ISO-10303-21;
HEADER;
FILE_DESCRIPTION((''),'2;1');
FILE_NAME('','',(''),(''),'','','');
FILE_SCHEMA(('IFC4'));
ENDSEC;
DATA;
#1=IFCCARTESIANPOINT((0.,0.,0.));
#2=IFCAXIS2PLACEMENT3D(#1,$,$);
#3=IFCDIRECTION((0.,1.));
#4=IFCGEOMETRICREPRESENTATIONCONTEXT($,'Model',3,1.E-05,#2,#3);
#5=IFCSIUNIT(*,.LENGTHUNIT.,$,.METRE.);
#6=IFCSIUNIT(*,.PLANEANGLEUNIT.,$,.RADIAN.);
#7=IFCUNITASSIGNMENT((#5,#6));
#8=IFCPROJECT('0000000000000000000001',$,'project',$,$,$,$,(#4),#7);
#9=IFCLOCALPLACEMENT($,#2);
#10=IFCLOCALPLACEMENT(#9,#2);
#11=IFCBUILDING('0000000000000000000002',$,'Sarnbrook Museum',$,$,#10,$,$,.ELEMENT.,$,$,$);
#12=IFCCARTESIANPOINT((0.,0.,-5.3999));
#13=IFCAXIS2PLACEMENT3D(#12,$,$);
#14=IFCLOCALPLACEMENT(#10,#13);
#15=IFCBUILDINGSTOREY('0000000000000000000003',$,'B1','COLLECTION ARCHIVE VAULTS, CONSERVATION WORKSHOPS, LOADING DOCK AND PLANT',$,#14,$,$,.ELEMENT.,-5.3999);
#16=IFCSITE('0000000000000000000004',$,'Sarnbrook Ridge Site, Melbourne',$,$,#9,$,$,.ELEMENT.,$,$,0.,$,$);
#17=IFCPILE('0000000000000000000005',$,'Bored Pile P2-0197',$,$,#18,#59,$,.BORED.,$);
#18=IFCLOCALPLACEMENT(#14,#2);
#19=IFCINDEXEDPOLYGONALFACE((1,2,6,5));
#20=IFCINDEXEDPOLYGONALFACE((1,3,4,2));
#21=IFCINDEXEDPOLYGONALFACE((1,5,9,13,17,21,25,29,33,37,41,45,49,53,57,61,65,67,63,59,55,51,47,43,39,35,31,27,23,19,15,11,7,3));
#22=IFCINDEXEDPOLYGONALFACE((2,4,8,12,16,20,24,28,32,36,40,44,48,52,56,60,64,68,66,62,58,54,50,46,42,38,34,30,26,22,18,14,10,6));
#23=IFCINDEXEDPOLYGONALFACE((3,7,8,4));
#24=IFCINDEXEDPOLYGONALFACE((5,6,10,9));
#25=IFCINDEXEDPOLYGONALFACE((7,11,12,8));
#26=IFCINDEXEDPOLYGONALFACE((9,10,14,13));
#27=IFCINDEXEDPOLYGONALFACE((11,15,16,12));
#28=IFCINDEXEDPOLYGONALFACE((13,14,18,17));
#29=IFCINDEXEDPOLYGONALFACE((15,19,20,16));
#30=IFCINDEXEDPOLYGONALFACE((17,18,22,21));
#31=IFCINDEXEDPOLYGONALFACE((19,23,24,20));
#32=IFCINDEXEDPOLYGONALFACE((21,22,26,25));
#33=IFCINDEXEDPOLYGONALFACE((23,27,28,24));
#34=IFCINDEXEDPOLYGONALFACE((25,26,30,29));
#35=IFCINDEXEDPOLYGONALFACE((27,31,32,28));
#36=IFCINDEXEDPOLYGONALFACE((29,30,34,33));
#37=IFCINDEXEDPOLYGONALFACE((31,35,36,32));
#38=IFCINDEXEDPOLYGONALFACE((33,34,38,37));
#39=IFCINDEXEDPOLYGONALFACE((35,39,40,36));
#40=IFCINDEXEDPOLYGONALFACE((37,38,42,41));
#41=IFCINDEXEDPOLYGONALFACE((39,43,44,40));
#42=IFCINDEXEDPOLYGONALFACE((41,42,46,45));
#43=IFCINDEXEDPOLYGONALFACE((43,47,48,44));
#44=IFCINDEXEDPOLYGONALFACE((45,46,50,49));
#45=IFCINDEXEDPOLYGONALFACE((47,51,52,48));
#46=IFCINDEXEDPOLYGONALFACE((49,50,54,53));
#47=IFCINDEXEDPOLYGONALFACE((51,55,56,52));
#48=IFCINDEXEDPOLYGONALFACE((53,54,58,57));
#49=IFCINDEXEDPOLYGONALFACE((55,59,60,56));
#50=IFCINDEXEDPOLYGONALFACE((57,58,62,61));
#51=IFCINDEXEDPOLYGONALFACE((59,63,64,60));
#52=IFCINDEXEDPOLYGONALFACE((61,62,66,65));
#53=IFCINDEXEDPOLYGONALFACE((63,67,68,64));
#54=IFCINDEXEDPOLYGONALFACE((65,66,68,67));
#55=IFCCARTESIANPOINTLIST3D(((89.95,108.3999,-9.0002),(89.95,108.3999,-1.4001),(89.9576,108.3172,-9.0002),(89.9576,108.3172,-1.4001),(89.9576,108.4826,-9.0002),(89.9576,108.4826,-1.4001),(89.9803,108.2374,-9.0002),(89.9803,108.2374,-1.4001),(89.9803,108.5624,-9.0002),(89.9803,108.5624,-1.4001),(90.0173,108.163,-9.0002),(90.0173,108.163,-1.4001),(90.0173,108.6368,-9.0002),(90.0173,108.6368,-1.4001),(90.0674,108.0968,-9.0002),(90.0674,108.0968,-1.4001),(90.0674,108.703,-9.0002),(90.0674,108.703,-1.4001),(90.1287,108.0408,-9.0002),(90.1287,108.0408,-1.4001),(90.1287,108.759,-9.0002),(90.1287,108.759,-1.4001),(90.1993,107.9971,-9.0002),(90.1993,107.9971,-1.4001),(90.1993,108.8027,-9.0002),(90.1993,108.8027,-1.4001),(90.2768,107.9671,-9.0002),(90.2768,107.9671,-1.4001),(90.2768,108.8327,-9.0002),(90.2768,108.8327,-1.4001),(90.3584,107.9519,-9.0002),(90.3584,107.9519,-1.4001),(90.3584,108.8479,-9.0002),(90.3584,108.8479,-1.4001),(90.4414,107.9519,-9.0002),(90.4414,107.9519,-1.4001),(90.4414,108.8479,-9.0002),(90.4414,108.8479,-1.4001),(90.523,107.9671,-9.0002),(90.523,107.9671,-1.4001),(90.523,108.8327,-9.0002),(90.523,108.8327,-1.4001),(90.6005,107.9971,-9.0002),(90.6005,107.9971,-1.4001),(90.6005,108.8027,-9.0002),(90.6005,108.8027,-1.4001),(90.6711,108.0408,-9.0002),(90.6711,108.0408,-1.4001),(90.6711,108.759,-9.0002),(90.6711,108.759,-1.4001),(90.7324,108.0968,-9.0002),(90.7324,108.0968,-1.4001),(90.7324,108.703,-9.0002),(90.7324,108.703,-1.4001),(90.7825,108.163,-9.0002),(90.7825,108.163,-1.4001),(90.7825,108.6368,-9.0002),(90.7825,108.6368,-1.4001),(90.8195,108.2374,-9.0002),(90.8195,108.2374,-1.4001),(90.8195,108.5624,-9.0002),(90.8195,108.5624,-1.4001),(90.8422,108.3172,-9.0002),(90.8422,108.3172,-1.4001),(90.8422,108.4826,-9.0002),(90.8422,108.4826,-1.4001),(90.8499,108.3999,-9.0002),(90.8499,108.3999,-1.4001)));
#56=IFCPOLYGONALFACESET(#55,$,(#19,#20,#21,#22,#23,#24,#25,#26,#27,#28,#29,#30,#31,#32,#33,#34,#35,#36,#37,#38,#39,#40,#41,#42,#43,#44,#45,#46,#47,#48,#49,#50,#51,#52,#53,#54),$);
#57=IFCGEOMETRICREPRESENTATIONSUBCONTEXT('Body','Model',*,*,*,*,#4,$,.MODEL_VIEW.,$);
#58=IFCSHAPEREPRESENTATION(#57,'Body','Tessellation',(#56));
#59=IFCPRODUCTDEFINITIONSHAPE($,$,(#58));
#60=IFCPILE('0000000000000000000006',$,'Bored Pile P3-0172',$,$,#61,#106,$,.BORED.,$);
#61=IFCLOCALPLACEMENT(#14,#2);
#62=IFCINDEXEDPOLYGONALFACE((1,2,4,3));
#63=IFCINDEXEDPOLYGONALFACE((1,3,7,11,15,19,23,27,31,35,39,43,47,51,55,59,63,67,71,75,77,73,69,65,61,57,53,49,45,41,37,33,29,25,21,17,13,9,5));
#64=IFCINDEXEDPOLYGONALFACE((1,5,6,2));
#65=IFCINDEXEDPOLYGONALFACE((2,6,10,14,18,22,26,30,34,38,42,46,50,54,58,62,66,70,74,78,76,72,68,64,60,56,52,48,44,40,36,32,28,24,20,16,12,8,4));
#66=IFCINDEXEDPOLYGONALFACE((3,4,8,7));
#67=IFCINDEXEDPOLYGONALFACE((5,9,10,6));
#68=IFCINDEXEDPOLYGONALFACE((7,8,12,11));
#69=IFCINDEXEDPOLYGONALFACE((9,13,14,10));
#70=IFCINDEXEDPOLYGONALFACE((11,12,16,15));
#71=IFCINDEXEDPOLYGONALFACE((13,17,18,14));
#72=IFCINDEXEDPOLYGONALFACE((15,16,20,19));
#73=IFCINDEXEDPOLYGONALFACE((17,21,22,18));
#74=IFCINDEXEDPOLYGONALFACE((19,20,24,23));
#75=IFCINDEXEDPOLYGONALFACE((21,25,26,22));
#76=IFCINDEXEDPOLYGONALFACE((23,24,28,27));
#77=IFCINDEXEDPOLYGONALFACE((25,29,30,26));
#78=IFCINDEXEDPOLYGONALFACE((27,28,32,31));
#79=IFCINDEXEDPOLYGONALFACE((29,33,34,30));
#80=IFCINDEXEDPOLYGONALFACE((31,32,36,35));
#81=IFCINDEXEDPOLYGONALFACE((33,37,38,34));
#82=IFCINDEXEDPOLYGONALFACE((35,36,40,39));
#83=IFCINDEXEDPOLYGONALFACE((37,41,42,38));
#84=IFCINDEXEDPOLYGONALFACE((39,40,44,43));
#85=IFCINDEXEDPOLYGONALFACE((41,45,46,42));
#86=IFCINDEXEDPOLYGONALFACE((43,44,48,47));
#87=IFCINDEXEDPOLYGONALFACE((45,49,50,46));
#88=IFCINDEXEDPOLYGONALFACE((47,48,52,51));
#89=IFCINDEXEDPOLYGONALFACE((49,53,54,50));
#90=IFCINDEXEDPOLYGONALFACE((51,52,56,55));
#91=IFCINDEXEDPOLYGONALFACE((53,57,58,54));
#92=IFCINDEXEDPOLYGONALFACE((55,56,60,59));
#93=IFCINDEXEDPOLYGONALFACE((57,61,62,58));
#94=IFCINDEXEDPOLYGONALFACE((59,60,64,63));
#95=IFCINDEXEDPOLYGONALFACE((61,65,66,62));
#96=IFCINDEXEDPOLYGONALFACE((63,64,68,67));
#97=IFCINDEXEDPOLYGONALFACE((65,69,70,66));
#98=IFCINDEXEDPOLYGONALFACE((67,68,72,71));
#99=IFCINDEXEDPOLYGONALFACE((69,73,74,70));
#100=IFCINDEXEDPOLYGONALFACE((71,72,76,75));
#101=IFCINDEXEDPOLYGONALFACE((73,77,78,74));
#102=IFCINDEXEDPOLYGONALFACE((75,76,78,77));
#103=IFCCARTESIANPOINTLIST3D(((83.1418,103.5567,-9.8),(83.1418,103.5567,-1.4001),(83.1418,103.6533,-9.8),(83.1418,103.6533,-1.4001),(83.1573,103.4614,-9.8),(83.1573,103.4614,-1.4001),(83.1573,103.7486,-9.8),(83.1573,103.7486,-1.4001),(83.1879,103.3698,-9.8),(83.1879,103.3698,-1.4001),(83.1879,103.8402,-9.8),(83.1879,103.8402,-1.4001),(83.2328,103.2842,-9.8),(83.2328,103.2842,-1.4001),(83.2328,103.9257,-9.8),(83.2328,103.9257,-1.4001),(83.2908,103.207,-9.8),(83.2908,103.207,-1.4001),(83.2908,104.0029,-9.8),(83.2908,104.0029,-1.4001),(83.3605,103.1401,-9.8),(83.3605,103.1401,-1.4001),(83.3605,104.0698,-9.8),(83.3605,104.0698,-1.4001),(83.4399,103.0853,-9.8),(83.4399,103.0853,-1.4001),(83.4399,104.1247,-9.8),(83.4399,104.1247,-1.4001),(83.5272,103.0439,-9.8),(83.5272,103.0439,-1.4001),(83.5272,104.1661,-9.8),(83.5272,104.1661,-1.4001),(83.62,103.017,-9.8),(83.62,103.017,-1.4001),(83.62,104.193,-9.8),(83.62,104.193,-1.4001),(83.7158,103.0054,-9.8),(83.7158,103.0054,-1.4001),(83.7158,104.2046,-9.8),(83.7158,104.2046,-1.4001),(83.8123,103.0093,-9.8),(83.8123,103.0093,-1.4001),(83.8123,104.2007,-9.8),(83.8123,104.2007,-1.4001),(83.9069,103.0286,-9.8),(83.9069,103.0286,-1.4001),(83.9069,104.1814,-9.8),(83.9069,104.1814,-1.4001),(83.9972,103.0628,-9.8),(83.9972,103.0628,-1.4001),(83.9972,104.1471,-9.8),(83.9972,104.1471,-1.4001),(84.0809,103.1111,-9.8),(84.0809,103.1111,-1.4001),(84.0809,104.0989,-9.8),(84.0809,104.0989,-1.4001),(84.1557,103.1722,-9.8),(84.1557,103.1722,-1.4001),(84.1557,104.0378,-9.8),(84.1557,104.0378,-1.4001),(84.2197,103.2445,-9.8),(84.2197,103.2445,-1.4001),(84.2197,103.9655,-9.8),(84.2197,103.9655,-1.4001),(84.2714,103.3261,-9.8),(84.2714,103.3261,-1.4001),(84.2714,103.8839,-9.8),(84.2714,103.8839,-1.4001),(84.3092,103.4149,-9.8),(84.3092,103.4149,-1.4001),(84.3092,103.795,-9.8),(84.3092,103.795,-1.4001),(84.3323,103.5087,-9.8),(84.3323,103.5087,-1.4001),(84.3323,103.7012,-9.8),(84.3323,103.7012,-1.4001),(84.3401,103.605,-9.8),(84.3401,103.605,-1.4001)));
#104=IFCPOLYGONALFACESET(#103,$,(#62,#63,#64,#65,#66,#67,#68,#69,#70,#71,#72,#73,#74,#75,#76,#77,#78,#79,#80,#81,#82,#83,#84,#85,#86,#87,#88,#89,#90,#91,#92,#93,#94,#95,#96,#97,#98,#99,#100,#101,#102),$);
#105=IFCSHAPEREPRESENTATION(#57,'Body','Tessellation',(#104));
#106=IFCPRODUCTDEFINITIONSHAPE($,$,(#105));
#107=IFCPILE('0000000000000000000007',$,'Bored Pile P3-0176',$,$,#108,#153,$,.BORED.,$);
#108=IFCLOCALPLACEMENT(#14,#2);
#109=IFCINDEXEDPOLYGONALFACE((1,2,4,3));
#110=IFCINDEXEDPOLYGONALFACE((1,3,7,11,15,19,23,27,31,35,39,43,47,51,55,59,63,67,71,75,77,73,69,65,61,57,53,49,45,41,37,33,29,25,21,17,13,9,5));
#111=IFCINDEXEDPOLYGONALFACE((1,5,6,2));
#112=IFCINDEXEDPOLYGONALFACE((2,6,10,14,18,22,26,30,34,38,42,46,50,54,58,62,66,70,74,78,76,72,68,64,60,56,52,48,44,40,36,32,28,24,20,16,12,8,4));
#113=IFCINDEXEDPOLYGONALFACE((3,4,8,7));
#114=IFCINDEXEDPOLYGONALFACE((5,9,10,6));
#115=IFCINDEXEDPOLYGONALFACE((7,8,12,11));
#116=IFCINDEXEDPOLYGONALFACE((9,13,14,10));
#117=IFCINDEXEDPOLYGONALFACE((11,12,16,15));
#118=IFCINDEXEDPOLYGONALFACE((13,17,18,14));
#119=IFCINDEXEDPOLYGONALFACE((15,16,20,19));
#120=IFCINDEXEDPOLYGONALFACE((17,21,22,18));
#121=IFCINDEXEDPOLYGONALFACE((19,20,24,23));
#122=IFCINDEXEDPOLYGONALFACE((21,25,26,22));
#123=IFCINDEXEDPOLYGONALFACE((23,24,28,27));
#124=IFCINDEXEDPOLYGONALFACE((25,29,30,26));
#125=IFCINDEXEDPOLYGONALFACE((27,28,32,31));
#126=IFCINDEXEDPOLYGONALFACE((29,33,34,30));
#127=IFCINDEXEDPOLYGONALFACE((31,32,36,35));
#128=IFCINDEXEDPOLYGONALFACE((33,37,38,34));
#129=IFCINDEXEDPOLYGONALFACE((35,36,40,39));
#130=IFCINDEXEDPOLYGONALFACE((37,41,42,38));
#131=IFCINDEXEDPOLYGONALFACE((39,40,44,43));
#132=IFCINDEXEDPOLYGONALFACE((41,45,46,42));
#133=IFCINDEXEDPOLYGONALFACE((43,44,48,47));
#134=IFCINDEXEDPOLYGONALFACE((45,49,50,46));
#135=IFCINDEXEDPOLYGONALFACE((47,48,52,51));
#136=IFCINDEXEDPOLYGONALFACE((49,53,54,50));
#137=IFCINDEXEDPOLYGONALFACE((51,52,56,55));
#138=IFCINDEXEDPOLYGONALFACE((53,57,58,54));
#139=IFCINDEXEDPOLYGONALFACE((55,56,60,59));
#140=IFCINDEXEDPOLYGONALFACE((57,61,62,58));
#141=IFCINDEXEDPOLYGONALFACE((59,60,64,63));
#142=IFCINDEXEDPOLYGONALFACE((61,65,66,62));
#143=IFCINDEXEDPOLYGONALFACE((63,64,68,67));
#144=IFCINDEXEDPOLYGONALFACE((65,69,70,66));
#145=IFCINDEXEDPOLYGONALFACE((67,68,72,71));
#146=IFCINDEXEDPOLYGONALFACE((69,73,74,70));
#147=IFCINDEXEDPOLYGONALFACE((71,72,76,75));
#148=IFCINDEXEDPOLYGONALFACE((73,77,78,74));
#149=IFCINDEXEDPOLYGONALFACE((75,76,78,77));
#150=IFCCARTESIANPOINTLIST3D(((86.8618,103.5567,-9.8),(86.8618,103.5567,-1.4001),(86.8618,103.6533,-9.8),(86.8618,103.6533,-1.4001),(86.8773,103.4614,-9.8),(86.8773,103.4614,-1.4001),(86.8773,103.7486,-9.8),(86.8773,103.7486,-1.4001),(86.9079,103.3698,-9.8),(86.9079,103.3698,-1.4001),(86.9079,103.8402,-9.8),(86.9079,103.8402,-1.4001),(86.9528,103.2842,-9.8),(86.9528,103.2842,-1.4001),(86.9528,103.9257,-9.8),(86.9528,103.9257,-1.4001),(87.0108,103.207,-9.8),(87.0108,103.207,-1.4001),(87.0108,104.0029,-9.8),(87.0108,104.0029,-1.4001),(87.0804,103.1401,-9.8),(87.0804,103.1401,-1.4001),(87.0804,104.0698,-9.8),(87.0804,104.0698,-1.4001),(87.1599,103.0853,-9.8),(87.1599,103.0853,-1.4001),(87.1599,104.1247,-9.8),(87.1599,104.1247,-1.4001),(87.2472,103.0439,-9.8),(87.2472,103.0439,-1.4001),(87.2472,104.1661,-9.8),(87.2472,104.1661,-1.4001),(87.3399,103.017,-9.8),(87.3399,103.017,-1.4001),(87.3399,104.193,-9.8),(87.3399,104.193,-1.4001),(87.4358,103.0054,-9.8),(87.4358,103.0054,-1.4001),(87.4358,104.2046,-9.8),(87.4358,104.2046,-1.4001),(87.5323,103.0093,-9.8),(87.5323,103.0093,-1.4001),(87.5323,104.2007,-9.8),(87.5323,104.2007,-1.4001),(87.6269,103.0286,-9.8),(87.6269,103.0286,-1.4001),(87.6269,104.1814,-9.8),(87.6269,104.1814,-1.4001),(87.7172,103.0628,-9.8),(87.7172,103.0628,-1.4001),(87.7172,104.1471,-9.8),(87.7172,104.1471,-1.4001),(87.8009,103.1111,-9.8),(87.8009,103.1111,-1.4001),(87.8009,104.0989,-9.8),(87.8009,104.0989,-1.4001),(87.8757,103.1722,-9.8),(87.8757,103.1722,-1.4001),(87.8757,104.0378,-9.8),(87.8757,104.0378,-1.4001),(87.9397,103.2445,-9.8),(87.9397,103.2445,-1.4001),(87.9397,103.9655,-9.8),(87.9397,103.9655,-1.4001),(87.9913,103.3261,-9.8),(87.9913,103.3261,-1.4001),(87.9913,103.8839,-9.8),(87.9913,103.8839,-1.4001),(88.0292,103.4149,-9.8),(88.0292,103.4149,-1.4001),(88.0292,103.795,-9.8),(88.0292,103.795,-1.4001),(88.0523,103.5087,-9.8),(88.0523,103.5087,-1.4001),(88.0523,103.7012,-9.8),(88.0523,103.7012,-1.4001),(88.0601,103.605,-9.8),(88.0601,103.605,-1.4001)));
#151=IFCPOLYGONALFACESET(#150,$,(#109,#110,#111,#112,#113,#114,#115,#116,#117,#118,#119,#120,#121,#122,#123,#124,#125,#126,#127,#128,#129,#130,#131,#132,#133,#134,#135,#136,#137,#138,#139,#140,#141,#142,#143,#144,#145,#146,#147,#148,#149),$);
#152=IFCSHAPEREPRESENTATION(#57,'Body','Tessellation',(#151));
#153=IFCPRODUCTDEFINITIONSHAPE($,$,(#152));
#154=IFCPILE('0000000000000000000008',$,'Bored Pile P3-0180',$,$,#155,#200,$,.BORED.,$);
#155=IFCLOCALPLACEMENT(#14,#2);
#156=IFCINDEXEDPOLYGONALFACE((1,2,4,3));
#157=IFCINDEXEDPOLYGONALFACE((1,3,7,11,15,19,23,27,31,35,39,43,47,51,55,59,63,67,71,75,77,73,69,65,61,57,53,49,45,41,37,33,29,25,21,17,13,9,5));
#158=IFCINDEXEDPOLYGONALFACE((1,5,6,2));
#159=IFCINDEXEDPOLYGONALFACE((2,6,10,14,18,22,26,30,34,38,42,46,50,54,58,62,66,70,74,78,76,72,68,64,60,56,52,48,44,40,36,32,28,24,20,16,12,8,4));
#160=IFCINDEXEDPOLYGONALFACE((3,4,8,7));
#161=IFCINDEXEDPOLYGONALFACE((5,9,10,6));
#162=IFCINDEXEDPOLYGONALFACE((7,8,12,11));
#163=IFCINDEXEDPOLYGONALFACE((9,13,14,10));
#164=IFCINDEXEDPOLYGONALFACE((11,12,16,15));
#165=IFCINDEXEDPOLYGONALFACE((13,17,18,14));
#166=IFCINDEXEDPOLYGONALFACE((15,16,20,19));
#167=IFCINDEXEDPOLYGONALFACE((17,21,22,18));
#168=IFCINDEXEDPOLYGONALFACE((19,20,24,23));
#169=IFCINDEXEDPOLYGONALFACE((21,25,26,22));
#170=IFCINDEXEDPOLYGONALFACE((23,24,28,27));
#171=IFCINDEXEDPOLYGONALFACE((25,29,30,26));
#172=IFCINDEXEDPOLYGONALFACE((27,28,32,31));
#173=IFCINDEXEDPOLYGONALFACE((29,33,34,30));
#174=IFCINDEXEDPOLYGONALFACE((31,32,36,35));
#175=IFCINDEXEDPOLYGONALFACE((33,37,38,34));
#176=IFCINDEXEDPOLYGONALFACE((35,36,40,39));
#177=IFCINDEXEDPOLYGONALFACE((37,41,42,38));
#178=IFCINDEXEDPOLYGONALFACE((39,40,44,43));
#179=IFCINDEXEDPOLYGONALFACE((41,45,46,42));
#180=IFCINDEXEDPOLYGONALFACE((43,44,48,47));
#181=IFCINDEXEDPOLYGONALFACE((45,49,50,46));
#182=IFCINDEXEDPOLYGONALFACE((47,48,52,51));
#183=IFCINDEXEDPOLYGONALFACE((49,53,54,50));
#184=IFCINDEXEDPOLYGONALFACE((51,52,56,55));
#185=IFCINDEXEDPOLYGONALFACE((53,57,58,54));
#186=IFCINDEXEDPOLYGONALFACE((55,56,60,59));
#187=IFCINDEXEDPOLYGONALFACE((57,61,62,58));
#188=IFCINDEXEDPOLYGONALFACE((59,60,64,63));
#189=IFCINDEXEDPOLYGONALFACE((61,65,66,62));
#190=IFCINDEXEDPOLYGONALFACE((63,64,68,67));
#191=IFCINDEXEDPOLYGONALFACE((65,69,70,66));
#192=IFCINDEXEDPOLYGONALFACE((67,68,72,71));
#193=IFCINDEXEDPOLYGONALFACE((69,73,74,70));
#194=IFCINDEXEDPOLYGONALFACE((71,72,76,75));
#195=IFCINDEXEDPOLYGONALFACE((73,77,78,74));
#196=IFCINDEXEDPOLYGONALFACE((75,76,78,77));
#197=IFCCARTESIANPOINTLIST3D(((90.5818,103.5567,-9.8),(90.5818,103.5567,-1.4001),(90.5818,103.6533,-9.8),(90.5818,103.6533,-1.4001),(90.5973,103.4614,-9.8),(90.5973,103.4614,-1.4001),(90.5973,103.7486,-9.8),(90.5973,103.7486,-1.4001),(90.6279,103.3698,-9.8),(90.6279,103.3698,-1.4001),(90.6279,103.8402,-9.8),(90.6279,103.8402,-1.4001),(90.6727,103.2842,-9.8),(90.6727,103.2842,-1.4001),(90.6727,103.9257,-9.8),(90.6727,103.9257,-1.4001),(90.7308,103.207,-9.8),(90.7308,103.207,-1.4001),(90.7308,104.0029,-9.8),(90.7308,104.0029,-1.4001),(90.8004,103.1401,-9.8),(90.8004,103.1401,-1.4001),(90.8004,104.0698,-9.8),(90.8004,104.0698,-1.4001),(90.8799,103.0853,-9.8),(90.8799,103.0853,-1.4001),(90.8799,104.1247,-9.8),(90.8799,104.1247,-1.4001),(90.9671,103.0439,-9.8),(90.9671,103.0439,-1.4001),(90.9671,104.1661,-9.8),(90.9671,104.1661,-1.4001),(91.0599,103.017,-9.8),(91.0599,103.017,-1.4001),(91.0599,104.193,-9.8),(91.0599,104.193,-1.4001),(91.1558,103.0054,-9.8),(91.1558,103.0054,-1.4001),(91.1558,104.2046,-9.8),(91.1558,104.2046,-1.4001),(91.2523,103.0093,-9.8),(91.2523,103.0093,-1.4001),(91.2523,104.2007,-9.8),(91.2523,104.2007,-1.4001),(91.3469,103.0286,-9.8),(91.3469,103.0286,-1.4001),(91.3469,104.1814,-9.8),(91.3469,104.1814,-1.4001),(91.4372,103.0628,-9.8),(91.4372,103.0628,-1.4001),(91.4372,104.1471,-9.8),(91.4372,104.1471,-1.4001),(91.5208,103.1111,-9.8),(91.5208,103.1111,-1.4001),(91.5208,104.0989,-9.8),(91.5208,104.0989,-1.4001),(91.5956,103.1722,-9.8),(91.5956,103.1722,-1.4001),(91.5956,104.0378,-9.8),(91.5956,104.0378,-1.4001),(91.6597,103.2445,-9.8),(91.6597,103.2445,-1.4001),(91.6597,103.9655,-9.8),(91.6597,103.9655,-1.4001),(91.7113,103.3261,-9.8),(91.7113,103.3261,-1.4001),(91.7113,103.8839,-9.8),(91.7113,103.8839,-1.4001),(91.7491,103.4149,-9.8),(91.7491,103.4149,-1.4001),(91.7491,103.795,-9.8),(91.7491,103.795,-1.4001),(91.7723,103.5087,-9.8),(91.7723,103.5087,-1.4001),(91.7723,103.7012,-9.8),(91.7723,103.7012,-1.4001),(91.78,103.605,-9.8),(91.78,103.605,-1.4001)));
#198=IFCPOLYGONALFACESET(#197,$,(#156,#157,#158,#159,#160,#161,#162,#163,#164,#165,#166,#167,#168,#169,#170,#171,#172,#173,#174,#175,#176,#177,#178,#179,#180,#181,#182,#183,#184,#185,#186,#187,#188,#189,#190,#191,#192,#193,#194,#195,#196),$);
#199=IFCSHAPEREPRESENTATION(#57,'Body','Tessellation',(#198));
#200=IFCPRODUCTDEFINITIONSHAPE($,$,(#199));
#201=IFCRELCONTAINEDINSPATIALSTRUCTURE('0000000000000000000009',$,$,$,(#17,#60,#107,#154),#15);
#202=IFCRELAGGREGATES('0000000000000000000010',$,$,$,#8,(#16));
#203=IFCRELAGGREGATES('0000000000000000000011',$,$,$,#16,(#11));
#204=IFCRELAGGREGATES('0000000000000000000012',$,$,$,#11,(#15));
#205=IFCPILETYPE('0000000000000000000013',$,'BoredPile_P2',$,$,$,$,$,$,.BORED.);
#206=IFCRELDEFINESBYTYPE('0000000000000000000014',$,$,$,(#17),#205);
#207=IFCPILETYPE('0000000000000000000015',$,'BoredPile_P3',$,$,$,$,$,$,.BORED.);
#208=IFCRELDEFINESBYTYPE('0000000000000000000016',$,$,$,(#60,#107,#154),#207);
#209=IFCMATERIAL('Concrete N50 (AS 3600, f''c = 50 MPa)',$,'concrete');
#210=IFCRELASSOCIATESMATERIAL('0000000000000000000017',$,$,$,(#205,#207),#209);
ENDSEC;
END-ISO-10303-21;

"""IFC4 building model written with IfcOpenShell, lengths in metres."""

from ifc_helpers import new_model, si_unit, direction, frame, origin, origin_2d, place, context, subcontext, project, spatial, circle, extrude, material, material_profile, profile_set, type_object, element, save


model = new_model("IFC4")

# Units and contexts
model_context = context("Model", 3, precision=1e-05, world=origin(), true_north=direction((0.0, 1.0)))
body_context = subcontext(model_context, "Body", "Model", "MODEL_VIEW")
ifc_project = project(units=[si_unit("LENGTHUNIT", "METRE"), si_unit("PLANEANGLEUNIT", "RADIAN")], contexts=[model_context])

# Site, building, storey
site_placement = place(None, origin())
site = spatial("IfcSite", under=ifc_project, at=site_placement, Name="Sarnbrook Ridge Site, Melbourne", CompositionType="ELEMENT", RefElevation=0.0)
building_placement = place(site_placement, origin())
building = spatial("IfcBuilding", under=site, at=building_placement, Name="Sarnbrook Museum", CompositionType="ELEMENT")
storey_placement = place(building_placement, frame((0.0, 0.0, -5.3999)))
storey = spatial("IfcBuildingStorey", under=building, at=storey_placement, Name="B1", Description="COLLECTION ARCHIVE VAULTS, CONSERVATION WORKSHOPS, LOADING DOCK AND PLANT", CompositionType="ELEMENT", Elevation=-5.3999)

# Piles
ifc_material_1 = material(Name="Concrete N50 (AS 3600, f'c = 50 MPa)", Category="concrete")
ifc_material_profile_1 = material_profile(ifc_material_1, circle(Radius=0.45, at=origin_2d()), Name="BORED PILE D900")
ifc_profile_set_1 = profile_set([ifc_material_profile_1], Name="Concrete N50 (AS 3600, f'c = 50 MPa)")
pile_type_1 = type_object("IfcPileType", Name="BoredPile_P2", PredefinedType="BORED", material=ifc_profile_set_1)
pile_placement = place(storey_placement, frame((90.3999, 108.3999, -1.4001), z_axis=(0.0, 0.0, -1.0), x_axis=(1.0, 0.0, 0.0)))
element("IfcPile", 1, at=pile_placement, inside=storey, type_object=pile_type_1, Name="Bored Pile P2-0197", PredefinedType="BORED", context=body_context, shape_type="SweptSolid", body=[
    extrude(circle(Radius=0.45, at=origin_2d()), origin(), (0.0, 0.0, 1.0), 7.6001),
])
ifc_material_profile_2 = material_profile(ifc_material_1, circle(Radius=0.6001, at=origin_2d()), Name="BORED PILE D1200")
ifc_profile_set_2 = profile_set([ifc_material_profile_2], Name="Concrete N50 (AS 3600, f'c = 50 MPa)")
pile_type_2 = type_object("IfcPileType", Name="BoredPile_P3", PredefinedType="BORED", material=ifc_profile_set_2)
for number, where, z_axis, x_axis, name in (
    (2, (83.74, 103.605, -1.4001), (0.0, 0.0, -1.0), (1.0, 0.0, 0.0), "Bored Pile P3-0172"),
    (3, (87.46, 103.605, -1.4001), (0.0, 0.0, -1.0), (1.0, 0.0, 0.0), "Bored Pile P3-0176"),
    (4, (91.1799, 103.605, -1.4001), (0.0, 0.0, -1.0), (1.0, 0.0, 0.0), "Bored Pile P3-0180"),
):
    element("IfcPile", number, at=place(storey_placement, frame(where, z_axis=z_axis, x_axis=x_axis)), inside=storey, type_object=pile_type_2, Name=name, PredefinedType="BORED", context=body_context, shape_type="SweptSolid", body=[
        extrude(circle(Radius=0.6001, at=origin_2d()), origin(), (0.0, 0.0, 1.0), 8.3999),
    ])

save(model, "model.ifc")
